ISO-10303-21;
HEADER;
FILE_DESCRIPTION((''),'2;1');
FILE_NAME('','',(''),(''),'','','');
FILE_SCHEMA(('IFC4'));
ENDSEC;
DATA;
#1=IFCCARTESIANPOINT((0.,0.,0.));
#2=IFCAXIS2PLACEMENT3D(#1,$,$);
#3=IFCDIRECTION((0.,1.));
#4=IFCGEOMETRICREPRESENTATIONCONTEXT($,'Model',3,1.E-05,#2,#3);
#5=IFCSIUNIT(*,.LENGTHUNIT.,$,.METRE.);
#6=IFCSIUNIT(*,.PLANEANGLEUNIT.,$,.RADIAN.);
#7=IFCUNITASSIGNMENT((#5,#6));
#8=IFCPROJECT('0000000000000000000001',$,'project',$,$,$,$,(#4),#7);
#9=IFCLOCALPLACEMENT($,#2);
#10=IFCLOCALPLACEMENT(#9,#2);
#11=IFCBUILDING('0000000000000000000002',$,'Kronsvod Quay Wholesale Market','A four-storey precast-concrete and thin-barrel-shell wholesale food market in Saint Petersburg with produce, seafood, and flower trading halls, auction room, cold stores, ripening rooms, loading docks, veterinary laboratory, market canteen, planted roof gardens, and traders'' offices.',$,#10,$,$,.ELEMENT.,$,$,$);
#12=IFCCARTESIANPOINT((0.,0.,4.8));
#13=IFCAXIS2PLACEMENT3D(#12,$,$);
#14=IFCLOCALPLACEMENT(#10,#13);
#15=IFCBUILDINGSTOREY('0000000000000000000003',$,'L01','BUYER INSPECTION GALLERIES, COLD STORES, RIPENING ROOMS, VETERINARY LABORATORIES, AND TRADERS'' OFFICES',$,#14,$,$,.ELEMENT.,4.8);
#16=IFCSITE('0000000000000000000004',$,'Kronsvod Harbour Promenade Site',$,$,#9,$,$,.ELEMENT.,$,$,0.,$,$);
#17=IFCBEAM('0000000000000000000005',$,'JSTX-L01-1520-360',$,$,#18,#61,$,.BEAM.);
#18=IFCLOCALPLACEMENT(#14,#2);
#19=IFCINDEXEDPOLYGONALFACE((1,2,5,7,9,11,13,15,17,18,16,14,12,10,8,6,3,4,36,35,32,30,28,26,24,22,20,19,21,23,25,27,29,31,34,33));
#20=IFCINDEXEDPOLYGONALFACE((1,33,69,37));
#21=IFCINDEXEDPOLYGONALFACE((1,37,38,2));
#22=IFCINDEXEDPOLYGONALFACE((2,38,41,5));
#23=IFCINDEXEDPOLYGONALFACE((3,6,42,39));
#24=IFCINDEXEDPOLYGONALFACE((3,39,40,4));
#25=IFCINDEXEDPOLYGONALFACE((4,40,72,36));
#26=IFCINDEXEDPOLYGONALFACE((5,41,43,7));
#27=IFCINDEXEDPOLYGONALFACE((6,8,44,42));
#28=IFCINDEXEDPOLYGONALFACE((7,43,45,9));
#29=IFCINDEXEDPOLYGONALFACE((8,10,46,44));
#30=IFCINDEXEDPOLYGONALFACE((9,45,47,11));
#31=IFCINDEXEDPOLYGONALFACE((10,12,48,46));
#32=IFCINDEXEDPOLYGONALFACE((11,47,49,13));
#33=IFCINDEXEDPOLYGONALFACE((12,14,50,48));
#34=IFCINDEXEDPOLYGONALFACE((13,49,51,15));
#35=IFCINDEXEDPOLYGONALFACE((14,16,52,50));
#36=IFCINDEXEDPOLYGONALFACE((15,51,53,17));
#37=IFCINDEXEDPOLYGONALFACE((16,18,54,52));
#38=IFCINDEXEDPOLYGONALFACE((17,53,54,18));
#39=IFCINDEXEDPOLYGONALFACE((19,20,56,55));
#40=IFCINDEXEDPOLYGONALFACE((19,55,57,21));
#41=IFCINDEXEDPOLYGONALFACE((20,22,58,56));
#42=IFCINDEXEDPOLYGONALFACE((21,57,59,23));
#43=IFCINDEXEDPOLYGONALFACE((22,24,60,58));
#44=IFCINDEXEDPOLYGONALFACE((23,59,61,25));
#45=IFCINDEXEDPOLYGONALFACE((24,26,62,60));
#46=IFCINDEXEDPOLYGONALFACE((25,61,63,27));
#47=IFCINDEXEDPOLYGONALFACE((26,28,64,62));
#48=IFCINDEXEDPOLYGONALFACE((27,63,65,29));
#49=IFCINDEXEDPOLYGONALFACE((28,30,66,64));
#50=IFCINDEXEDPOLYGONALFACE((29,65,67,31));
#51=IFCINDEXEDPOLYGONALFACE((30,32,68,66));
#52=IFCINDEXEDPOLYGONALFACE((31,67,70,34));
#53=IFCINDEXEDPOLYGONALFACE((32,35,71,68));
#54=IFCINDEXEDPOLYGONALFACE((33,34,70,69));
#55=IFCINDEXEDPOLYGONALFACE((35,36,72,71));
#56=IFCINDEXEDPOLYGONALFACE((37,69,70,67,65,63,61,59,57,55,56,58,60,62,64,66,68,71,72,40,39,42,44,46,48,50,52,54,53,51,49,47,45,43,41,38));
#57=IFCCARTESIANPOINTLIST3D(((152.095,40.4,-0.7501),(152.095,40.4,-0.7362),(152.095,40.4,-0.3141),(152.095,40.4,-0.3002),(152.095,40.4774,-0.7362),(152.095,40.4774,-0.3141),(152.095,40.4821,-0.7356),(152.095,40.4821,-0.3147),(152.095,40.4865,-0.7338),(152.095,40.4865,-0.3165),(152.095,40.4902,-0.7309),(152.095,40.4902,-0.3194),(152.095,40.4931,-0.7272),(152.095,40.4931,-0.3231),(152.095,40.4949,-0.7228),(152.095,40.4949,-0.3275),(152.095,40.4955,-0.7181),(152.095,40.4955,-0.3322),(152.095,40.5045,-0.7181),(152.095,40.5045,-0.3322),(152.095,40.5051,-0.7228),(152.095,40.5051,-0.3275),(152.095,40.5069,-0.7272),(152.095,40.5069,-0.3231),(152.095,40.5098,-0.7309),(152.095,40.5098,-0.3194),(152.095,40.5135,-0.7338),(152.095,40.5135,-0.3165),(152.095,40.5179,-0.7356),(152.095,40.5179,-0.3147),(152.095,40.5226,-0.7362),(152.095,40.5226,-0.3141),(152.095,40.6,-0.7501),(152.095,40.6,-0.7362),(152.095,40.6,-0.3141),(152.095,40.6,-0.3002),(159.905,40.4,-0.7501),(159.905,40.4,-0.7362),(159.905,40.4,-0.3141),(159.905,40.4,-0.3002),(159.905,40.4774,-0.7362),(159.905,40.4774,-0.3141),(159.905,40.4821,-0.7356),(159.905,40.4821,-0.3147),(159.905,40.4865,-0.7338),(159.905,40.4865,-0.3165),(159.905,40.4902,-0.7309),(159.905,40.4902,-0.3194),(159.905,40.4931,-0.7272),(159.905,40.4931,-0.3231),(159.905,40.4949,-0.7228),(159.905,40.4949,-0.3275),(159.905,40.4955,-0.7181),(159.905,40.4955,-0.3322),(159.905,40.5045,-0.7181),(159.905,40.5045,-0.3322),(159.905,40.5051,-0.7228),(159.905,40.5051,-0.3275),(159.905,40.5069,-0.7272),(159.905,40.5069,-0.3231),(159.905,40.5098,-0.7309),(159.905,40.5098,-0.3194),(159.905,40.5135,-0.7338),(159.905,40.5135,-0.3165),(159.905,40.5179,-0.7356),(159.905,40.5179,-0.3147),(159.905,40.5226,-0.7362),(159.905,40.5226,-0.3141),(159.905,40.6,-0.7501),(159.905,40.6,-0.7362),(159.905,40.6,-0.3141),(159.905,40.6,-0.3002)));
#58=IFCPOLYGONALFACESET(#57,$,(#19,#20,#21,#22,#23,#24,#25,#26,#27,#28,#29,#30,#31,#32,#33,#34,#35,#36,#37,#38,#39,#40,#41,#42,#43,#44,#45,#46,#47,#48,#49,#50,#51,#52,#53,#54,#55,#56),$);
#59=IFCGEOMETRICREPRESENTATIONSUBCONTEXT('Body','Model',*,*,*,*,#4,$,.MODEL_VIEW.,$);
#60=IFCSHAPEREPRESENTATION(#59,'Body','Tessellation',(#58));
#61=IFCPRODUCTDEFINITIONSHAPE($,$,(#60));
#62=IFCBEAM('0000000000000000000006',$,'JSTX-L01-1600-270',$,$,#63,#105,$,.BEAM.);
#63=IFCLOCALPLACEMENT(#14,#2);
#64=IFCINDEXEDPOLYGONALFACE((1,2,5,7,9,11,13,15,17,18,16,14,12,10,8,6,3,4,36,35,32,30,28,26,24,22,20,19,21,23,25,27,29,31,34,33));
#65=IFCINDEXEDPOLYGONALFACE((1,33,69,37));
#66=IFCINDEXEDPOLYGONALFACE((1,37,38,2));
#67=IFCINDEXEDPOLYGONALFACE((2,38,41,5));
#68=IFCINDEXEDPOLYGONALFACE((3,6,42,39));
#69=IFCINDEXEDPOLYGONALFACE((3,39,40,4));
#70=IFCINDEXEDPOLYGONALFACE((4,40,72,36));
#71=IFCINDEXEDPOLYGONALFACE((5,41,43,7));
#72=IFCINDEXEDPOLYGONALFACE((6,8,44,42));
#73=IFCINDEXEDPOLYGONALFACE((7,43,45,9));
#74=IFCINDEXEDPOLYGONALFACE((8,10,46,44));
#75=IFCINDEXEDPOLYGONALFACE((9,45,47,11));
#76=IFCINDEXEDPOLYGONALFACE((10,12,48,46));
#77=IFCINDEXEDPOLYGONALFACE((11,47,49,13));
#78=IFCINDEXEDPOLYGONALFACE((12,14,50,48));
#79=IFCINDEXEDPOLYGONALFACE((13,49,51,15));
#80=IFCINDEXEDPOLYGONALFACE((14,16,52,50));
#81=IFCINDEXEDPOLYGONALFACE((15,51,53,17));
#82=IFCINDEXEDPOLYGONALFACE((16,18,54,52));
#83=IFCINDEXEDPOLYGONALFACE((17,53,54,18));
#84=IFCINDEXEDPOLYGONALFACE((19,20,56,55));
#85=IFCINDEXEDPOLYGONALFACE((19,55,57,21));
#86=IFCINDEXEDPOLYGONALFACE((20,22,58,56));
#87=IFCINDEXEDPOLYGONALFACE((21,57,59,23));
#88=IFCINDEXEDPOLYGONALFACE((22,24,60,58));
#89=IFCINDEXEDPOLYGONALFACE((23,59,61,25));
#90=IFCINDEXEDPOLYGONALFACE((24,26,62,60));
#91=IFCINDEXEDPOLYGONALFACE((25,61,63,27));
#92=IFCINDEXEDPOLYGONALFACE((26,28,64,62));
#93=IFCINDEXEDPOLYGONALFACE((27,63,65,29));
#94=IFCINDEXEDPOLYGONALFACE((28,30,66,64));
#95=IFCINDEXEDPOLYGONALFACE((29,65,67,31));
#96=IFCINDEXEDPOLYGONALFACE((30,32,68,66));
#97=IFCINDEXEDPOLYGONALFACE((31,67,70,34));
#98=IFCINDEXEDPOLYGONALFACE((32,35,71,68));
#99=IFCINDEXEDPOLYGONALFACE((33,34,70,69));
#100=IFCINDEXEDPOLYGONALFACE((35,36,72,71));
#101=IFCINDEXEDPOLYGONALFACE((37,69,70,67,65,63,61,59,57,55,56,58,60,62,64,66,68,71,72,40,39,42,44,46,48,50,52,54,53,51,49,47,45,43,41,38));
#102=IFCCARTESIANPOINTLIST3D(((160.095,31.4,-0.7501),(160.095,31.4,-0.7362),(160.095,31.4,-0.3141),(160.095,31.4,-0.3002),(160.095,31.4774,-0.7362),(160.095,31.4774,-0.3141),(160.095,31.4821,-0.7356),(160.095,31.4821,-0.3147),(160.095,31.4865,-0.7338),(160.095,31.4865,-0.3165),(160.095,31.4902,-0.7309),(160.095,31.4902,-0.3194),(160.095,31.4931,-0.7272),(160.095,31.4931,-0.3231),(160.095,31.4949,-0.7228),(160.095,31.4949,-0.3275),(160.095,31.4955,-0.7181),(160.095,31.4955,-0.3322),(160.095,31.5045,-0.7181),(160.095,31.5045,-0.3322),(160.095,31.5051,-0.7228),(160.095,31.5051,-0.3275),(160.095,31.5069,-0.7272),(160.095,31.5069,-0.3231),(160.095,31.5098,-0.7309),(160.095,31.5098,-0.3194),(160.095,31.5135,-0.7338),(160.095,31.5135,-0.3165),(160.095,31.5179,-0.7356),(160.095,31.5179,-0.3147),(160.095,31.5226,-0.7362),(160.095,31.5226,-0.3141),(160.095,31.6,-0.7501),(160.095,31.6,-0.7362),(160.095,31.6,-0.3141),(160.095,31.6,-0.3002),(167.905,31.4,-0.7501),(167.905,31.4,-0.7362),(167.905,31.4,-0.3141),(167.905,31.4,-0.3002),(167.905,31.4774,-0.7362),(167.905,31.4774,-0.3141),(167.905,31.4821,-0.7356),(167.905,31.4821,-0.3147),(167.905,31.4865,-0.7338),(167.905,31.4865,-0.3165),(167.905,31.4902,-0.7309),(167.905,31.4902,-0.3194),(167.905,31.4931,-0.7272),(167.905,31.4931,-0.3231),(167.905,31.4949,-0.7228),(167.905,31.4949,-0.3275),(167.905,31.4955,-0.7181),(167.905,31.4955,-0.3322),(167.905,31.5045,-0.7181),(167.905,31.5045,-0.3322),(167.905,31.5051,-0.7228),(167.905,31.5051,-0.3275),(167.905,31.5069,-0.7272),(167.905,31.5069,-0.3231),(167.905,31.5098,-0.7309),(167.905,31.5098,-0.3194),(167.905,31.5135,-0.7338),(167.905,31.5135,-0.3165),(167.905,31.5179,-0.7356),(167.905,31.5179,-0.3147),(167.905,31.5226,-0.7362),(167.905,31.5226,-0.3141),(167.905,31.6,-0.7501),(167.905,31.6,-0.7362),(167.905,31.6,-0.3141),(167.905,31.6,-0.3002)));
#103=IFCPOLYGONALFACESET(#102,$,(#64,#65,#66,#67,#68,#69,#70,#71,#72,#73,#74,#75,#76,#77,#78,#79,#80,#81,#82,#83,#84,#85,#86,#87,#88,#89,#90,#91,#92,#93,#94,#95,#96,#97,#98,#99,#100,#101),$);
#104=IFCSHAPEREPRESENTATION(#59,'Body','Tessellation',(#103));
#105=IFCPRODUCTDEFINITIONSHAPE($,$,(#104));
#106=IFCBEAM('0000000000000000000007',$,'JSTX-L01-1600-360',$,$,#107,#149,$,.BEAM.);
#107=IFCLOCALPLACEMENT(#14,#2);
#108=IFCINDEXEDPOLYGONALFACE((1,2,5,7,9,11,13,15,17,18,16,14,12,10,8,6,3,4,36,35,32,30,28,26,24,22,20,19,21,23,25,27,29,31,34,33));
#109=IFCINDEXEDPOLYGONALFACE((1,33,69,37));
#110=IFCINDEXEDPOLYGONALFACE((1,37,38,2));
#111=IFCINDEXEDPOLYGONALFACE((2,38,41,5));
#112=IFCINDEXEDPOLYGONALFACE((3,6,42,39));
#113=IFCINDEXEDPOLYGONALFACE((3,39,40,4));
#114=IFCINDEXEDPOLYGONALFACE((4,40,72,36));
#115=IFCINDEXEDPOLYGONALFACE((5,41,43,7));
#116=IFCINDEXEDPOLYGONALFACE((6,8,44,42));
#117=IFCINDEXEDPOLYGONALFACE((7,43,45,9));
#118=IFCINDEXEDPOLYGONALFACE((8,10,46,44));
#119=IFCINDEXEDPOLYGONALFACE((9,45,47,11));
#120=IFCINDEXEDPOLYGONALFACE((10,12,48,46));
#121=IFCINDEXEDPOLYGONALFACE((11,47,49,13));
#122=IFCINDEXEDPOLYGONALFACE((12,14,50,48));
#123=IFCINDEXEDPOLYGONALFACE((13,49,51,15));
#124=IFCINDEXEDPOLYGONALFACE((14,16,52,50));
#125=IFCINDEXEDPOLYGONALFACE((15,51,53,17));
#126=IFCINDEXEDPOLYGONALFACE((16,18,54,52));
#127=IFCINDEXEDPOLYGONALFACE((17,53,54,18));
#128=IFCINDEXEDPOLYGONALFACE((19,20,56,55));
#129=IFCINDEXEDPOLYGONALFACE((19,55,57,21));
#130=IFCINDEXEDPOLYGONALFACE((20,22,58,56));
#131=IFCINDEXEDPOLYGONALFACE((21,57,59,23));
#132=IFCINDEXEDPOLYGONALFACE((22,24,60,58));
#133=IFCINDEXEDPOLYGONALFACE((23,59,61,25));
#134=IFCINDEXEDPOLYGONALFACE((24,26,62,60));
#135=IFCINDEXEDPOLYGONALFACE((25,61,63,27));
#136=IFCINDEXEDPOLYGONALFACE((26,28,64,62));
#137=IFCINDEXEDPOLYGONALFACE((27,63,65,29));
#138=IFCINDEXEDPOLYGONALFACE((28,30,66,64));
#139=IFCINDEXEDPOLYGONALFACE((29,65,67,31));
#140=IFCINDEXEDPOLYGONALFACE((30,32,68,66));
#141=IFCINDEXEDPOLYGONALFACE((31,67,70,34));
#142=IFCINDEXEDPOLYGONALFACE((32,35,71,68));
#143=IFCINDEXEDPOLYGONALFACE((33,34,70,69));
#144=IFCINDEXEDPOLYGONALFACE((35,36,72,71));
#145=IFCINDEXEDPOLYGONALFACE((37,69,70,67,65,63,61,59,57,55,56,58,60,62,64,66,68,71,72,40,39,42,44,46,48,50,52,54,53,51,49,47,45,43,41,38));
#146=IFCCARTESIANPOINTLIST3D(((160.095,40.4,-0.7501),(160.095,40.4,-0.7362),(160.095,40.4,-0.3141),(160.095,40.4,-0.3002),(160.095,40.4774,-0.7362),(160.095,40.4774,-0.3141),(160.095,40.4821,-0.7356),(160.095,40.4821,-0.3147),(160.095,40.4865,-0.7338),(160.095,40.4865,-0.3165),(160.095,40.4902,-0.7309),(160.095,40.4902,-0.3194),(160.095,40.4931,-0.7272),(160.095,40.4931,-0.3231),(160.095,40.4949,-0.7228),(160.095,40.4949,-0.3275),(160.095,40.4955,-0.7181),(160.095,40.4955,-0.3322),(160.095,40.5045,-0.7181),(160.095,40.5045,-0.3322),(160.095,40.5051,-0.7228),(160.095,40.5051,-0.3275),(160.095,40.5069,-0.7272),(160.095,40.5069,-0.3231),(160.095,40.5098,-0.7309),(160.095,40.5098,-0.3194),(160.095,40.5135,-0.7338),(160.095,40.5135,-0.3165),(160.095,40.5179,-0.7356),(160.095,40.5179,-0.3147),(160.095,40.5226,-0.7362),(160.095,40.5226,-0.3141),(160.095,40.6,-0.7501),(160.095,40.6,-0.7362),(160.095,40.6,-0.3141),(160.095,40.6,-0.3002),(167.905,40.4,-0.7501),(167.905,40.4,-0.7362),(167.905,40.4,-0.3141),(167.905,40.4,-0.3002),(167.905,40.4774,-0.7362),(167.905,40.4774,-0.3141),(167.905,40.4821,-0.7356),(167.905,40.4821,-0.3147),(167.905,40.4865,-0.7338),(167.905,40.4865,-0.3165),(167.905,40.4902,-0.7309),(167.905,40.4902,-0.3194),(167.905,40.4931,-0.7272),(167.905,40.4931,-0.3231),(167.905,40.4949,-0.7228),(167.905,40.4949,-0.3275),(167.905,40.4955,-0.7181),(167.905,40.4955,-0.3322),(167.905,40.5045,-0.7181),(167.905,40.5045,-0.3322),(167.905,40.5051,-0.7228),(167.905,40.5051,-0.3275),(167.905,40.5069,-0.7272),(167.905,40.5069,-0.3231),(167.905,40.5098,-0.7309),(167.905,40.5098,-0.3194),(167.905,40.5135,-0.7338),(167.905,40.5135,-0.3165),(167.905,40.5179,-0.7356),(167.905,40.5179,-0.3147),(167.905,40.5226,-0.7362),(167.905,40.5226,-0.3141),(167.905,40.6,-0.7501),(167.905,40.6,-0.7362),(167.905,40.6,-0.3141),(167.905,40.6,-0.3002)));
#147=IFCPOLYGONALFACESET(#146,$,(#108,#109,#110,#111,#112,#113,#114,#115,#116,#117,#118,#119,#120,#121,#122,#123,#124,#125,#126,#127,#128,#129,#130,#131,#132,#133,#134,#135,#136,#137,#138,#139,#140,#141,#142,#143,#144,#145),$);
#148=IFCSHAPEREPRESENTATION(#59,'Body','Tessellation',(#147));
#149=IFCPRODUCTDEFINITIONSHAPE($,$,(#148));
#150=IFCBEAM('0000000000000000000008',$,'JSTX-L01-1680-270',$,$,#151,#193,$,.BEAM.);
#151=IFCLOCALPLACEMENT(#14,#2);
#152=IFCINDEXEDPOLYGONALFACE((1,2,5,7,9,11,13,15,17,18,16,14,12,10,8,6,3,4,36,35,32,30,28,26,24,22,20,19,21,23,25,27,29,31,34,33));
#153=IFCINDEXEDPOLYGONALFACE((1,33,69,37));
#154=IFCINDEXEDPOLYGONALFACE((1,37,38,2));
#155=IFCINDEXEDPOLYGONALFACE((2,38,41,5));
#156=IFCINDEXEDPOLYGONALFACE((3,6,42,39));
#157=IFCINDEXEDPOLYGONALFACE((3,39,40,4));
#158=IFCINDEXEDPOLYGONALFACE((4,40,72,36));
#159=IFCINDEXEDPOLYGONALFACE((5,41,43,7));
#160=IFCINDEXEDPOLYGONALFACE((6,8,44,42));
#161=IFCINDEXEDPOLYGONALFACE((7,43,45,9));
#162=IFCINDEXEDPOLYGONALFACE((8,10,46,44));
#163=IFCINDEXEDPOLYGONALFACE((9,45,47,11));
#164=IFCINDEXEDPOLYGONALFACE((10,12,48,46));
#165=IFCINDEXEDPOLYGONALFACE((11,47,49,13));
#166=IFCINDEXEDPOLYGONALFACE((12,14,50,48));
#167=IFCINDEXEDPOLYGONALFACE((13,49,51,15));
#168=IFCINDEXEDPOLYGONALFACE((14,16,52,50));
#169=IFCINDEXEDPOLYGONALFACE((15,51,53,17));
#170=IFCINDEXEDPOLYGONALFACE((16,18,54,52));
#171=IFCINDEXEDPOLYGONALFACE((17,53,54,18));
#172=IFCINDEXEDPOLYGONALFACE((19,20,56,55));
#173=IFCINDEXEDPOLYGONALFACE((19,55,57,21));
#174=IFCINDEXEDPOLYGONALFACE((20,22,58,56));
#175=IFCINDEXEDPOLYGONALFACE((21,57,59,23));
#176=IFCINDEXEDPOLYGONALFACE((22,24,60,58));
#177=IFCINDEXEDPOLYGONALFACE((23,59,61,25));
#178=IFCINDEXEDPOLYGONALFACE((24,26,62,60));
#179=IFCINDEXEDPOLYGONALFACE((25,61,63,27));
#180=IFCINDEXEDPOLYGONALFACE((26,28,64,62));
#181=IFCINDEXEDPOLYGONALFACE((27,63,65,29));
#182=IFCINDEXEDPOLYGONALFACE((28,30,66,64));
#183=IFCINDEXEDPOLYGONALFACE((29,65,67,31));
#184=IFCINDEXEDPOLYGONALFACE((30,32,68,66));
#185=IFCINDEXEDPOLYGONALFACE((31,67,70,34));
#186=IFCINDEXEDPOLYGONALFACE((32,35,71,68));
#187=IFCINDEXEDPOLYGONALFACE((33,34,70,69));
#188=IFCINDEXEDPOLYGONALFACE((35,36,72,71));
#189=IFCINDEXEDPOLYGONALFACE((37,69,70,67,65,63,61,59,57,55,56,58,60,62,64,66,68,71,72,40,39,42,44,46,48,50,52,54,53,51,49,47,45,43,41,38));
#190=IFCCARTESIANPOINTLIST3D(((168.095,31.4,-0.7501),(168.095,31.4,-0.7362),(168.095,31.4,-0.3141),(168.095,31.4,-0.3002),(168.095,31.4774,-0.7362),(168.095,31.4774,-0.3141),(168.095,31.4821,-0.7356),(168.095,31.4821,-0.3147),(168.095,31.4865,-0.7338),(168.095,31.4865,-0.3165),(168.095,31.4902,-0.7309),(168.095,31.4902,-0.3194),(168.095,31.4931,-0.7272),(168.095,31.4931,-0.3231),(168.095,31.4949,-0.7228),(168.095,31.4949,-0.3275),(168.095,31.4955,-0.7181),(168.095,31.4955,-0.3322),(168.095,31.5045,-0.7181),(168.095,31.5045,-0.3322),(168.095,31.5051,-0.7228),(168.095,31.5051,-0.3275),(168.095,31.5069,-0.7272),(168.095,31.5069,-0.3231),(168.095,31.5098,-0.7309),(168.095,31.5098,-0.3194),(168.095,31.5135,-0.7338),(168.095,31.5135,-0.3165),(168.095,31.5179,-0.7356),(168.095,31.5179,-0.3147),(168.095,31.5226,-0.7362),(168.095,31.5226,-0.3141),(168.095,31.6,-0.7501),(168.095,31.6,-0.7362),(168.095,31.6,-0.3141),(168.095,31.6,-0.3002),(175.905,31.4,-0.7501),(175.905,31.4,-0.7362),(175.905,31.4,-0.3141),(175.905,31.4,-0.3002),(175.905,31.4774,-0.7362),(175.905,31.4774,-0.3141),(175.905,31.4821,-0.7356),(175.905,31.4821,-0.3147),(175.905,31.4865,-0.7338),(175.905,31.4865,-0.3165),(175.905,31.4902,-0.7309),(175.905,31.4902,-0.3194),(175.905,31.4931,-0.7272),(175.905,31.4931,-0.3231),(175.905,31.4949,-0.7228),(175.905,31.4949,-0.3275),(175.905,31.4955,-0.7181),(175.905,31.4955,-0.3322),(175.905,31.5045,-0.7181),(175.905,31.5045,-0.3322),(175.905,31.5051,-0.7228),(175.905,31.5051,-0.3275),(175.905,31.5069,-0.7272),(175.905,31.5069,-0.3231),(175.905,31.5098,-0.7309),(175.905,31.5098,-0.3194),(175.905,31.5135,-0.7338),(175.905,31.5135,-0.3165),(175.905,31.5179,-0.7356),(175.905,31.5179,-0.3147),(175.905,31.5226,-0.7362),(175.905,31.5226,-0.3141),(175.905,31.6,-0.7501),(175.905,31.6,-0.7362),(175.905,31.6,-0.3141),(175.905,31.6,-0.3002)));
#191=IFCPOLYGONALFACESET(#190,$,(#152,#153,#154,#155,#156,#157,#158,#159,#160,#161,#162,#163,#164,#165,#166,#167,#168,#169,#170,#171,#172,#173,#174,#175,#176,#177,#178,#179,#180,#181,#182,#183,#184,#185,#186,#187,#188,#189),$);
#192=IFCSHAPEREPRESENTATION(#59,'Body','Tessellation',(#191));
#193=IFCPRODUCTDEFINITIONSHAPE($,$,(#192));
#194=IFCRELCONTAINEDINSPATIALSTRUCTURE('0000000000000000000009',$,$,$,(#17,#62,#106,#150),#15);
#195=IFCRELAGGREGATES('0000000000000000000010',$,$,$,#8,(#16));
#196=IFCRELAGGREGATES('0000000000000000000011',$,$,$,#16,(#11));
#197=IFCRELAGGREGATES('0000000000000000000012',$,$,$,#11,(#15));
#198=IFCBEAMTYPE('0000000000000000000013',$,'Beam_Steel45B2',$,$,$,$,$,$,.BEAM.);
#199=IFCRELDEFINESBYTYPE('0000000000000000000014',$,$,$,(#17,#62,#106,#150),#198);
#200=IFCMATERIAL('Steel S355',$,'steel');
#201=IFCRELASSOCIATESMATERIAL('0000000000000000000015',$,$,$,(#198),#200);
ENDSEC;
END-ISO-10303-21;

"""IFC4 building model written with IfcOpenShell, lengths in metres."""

from ifc_helpers import new_model, si_unit, direction, frame, origin, origin_2d, place, context, subcontext, project, spatial, i_section, extrude, material, material_profile, profile_set, type_object, element, save


model = new_model("IFC4")

# Units and contexts
model_context = context("Model", 3, precision=1e-05, world=origin(), true_north=direction((0.0, 1.0)))
body_context = subcontext(model_context, "Body", "Model", "MODEL_VIEW")
ifc_project = project(units=[si_unit("LENGTHUNIT", "METRE"), si_unit("PLANEANGLEUNIT", "RADIAN")], contexts=[model_context])

# Site, building, storey
site_placement = place(None, origin())
site = spatial("IfcSite", under=ifc_project, at=site_placement, Name="Kronsvod Harbour Promenade Site", CompositionType="ELEMENT", RefElevation=0.0)
building_placement = place(site_placement, origin())
building = spatial("IfcBuilding", under=site, at=building_placement, Name="Kronsvod Quay Wholesale Market", Description="A four-storey precast-concrete and thin-barrel-shell wholesale food market in Saint Petersburg with produce, seafood, and flower trading halls, auction room, cold stores, ripening rooms, loading docks, veterinary laboratory, market canteen, planted roof gardens, and traders' offices.", CompositionType="ELEMENT")
storey_placement = place(building_placement, frame((0.0, 0.0, 4.8)))
storey = spatial("IfcBuildingStorey", under=building, at=storey_placement, Name="L01", Description="BUYER INSPECTION GALLERIES, COLD STORES, RIPENING ROOMS, VETERINARY LABORATORIES, AND TRADERS' OFFICES", CompositionType="ELEMENT", Elevation=4.8)

# Beams
ifc_material_1 = material(Name="Steel S355", Category="steel")
ifc_material_profile_1 = material_profile(ifc_material_1, i_section(OverallWidth=0.2, OverallDepth=0.45, WebThickness=0.009, FlangeThickness=0.0139, FilletRadius=0.0181, at=origin_2d()), Name="45B2")
ifc_profile_set_1 = profile_set([ifc_material_profile_1], Name="Steel S355")
beam_type_1 = type_object("IfcBeamType", Name="Beam_Steel45B2", PredefinedType="BEAM", material=ifc_profile_set_1)
for number, where, z_axis, x_axis, name in (
    (1, (152.095, 40.5, -0.5251), (1.0, 0.0, 0.0), (0.0, 1.0, 0.0), "JSTX-L01-1520-360"),
    (2, (160.095, 31.5, -0.5251), (1.0, 0.0, 0.0), (0.0, 1.0, 0.0), "JSTX-L01-1600-270"),
    (3, (160.095, 40.5, -0.5251), (1.0, 0.0, 0.0), (0.0, 1.0, 0.0), "JSTX-L01-1600-360"),
    (4, (168.095, 31.5, -0.5251), (1.0, 0.0, 0.0), (0.0, 1.0, 0.0), "JSTX-L01-1680-270"),
):
    element("IfcBeam", number, at=place(storey_placement, frame(where, z_axis=z_axis, x_axis=x_axis)), inside=storey, type_object=beam_type_1, Name=name, PredefinedType="BEAM", context=body_context, shape_type="SweptSolid", body=[
        extrude(i_section(OverallWidth=0.2, OverallDepth=0.45, WebThickness=0.009, FlangeThickness=0.0139, FilletRadius=0.0181, at=origin_2d()), origin(), (0.0, 0.0, 1.0), 7.8101),
    ])

save(model, "model.ifc")
